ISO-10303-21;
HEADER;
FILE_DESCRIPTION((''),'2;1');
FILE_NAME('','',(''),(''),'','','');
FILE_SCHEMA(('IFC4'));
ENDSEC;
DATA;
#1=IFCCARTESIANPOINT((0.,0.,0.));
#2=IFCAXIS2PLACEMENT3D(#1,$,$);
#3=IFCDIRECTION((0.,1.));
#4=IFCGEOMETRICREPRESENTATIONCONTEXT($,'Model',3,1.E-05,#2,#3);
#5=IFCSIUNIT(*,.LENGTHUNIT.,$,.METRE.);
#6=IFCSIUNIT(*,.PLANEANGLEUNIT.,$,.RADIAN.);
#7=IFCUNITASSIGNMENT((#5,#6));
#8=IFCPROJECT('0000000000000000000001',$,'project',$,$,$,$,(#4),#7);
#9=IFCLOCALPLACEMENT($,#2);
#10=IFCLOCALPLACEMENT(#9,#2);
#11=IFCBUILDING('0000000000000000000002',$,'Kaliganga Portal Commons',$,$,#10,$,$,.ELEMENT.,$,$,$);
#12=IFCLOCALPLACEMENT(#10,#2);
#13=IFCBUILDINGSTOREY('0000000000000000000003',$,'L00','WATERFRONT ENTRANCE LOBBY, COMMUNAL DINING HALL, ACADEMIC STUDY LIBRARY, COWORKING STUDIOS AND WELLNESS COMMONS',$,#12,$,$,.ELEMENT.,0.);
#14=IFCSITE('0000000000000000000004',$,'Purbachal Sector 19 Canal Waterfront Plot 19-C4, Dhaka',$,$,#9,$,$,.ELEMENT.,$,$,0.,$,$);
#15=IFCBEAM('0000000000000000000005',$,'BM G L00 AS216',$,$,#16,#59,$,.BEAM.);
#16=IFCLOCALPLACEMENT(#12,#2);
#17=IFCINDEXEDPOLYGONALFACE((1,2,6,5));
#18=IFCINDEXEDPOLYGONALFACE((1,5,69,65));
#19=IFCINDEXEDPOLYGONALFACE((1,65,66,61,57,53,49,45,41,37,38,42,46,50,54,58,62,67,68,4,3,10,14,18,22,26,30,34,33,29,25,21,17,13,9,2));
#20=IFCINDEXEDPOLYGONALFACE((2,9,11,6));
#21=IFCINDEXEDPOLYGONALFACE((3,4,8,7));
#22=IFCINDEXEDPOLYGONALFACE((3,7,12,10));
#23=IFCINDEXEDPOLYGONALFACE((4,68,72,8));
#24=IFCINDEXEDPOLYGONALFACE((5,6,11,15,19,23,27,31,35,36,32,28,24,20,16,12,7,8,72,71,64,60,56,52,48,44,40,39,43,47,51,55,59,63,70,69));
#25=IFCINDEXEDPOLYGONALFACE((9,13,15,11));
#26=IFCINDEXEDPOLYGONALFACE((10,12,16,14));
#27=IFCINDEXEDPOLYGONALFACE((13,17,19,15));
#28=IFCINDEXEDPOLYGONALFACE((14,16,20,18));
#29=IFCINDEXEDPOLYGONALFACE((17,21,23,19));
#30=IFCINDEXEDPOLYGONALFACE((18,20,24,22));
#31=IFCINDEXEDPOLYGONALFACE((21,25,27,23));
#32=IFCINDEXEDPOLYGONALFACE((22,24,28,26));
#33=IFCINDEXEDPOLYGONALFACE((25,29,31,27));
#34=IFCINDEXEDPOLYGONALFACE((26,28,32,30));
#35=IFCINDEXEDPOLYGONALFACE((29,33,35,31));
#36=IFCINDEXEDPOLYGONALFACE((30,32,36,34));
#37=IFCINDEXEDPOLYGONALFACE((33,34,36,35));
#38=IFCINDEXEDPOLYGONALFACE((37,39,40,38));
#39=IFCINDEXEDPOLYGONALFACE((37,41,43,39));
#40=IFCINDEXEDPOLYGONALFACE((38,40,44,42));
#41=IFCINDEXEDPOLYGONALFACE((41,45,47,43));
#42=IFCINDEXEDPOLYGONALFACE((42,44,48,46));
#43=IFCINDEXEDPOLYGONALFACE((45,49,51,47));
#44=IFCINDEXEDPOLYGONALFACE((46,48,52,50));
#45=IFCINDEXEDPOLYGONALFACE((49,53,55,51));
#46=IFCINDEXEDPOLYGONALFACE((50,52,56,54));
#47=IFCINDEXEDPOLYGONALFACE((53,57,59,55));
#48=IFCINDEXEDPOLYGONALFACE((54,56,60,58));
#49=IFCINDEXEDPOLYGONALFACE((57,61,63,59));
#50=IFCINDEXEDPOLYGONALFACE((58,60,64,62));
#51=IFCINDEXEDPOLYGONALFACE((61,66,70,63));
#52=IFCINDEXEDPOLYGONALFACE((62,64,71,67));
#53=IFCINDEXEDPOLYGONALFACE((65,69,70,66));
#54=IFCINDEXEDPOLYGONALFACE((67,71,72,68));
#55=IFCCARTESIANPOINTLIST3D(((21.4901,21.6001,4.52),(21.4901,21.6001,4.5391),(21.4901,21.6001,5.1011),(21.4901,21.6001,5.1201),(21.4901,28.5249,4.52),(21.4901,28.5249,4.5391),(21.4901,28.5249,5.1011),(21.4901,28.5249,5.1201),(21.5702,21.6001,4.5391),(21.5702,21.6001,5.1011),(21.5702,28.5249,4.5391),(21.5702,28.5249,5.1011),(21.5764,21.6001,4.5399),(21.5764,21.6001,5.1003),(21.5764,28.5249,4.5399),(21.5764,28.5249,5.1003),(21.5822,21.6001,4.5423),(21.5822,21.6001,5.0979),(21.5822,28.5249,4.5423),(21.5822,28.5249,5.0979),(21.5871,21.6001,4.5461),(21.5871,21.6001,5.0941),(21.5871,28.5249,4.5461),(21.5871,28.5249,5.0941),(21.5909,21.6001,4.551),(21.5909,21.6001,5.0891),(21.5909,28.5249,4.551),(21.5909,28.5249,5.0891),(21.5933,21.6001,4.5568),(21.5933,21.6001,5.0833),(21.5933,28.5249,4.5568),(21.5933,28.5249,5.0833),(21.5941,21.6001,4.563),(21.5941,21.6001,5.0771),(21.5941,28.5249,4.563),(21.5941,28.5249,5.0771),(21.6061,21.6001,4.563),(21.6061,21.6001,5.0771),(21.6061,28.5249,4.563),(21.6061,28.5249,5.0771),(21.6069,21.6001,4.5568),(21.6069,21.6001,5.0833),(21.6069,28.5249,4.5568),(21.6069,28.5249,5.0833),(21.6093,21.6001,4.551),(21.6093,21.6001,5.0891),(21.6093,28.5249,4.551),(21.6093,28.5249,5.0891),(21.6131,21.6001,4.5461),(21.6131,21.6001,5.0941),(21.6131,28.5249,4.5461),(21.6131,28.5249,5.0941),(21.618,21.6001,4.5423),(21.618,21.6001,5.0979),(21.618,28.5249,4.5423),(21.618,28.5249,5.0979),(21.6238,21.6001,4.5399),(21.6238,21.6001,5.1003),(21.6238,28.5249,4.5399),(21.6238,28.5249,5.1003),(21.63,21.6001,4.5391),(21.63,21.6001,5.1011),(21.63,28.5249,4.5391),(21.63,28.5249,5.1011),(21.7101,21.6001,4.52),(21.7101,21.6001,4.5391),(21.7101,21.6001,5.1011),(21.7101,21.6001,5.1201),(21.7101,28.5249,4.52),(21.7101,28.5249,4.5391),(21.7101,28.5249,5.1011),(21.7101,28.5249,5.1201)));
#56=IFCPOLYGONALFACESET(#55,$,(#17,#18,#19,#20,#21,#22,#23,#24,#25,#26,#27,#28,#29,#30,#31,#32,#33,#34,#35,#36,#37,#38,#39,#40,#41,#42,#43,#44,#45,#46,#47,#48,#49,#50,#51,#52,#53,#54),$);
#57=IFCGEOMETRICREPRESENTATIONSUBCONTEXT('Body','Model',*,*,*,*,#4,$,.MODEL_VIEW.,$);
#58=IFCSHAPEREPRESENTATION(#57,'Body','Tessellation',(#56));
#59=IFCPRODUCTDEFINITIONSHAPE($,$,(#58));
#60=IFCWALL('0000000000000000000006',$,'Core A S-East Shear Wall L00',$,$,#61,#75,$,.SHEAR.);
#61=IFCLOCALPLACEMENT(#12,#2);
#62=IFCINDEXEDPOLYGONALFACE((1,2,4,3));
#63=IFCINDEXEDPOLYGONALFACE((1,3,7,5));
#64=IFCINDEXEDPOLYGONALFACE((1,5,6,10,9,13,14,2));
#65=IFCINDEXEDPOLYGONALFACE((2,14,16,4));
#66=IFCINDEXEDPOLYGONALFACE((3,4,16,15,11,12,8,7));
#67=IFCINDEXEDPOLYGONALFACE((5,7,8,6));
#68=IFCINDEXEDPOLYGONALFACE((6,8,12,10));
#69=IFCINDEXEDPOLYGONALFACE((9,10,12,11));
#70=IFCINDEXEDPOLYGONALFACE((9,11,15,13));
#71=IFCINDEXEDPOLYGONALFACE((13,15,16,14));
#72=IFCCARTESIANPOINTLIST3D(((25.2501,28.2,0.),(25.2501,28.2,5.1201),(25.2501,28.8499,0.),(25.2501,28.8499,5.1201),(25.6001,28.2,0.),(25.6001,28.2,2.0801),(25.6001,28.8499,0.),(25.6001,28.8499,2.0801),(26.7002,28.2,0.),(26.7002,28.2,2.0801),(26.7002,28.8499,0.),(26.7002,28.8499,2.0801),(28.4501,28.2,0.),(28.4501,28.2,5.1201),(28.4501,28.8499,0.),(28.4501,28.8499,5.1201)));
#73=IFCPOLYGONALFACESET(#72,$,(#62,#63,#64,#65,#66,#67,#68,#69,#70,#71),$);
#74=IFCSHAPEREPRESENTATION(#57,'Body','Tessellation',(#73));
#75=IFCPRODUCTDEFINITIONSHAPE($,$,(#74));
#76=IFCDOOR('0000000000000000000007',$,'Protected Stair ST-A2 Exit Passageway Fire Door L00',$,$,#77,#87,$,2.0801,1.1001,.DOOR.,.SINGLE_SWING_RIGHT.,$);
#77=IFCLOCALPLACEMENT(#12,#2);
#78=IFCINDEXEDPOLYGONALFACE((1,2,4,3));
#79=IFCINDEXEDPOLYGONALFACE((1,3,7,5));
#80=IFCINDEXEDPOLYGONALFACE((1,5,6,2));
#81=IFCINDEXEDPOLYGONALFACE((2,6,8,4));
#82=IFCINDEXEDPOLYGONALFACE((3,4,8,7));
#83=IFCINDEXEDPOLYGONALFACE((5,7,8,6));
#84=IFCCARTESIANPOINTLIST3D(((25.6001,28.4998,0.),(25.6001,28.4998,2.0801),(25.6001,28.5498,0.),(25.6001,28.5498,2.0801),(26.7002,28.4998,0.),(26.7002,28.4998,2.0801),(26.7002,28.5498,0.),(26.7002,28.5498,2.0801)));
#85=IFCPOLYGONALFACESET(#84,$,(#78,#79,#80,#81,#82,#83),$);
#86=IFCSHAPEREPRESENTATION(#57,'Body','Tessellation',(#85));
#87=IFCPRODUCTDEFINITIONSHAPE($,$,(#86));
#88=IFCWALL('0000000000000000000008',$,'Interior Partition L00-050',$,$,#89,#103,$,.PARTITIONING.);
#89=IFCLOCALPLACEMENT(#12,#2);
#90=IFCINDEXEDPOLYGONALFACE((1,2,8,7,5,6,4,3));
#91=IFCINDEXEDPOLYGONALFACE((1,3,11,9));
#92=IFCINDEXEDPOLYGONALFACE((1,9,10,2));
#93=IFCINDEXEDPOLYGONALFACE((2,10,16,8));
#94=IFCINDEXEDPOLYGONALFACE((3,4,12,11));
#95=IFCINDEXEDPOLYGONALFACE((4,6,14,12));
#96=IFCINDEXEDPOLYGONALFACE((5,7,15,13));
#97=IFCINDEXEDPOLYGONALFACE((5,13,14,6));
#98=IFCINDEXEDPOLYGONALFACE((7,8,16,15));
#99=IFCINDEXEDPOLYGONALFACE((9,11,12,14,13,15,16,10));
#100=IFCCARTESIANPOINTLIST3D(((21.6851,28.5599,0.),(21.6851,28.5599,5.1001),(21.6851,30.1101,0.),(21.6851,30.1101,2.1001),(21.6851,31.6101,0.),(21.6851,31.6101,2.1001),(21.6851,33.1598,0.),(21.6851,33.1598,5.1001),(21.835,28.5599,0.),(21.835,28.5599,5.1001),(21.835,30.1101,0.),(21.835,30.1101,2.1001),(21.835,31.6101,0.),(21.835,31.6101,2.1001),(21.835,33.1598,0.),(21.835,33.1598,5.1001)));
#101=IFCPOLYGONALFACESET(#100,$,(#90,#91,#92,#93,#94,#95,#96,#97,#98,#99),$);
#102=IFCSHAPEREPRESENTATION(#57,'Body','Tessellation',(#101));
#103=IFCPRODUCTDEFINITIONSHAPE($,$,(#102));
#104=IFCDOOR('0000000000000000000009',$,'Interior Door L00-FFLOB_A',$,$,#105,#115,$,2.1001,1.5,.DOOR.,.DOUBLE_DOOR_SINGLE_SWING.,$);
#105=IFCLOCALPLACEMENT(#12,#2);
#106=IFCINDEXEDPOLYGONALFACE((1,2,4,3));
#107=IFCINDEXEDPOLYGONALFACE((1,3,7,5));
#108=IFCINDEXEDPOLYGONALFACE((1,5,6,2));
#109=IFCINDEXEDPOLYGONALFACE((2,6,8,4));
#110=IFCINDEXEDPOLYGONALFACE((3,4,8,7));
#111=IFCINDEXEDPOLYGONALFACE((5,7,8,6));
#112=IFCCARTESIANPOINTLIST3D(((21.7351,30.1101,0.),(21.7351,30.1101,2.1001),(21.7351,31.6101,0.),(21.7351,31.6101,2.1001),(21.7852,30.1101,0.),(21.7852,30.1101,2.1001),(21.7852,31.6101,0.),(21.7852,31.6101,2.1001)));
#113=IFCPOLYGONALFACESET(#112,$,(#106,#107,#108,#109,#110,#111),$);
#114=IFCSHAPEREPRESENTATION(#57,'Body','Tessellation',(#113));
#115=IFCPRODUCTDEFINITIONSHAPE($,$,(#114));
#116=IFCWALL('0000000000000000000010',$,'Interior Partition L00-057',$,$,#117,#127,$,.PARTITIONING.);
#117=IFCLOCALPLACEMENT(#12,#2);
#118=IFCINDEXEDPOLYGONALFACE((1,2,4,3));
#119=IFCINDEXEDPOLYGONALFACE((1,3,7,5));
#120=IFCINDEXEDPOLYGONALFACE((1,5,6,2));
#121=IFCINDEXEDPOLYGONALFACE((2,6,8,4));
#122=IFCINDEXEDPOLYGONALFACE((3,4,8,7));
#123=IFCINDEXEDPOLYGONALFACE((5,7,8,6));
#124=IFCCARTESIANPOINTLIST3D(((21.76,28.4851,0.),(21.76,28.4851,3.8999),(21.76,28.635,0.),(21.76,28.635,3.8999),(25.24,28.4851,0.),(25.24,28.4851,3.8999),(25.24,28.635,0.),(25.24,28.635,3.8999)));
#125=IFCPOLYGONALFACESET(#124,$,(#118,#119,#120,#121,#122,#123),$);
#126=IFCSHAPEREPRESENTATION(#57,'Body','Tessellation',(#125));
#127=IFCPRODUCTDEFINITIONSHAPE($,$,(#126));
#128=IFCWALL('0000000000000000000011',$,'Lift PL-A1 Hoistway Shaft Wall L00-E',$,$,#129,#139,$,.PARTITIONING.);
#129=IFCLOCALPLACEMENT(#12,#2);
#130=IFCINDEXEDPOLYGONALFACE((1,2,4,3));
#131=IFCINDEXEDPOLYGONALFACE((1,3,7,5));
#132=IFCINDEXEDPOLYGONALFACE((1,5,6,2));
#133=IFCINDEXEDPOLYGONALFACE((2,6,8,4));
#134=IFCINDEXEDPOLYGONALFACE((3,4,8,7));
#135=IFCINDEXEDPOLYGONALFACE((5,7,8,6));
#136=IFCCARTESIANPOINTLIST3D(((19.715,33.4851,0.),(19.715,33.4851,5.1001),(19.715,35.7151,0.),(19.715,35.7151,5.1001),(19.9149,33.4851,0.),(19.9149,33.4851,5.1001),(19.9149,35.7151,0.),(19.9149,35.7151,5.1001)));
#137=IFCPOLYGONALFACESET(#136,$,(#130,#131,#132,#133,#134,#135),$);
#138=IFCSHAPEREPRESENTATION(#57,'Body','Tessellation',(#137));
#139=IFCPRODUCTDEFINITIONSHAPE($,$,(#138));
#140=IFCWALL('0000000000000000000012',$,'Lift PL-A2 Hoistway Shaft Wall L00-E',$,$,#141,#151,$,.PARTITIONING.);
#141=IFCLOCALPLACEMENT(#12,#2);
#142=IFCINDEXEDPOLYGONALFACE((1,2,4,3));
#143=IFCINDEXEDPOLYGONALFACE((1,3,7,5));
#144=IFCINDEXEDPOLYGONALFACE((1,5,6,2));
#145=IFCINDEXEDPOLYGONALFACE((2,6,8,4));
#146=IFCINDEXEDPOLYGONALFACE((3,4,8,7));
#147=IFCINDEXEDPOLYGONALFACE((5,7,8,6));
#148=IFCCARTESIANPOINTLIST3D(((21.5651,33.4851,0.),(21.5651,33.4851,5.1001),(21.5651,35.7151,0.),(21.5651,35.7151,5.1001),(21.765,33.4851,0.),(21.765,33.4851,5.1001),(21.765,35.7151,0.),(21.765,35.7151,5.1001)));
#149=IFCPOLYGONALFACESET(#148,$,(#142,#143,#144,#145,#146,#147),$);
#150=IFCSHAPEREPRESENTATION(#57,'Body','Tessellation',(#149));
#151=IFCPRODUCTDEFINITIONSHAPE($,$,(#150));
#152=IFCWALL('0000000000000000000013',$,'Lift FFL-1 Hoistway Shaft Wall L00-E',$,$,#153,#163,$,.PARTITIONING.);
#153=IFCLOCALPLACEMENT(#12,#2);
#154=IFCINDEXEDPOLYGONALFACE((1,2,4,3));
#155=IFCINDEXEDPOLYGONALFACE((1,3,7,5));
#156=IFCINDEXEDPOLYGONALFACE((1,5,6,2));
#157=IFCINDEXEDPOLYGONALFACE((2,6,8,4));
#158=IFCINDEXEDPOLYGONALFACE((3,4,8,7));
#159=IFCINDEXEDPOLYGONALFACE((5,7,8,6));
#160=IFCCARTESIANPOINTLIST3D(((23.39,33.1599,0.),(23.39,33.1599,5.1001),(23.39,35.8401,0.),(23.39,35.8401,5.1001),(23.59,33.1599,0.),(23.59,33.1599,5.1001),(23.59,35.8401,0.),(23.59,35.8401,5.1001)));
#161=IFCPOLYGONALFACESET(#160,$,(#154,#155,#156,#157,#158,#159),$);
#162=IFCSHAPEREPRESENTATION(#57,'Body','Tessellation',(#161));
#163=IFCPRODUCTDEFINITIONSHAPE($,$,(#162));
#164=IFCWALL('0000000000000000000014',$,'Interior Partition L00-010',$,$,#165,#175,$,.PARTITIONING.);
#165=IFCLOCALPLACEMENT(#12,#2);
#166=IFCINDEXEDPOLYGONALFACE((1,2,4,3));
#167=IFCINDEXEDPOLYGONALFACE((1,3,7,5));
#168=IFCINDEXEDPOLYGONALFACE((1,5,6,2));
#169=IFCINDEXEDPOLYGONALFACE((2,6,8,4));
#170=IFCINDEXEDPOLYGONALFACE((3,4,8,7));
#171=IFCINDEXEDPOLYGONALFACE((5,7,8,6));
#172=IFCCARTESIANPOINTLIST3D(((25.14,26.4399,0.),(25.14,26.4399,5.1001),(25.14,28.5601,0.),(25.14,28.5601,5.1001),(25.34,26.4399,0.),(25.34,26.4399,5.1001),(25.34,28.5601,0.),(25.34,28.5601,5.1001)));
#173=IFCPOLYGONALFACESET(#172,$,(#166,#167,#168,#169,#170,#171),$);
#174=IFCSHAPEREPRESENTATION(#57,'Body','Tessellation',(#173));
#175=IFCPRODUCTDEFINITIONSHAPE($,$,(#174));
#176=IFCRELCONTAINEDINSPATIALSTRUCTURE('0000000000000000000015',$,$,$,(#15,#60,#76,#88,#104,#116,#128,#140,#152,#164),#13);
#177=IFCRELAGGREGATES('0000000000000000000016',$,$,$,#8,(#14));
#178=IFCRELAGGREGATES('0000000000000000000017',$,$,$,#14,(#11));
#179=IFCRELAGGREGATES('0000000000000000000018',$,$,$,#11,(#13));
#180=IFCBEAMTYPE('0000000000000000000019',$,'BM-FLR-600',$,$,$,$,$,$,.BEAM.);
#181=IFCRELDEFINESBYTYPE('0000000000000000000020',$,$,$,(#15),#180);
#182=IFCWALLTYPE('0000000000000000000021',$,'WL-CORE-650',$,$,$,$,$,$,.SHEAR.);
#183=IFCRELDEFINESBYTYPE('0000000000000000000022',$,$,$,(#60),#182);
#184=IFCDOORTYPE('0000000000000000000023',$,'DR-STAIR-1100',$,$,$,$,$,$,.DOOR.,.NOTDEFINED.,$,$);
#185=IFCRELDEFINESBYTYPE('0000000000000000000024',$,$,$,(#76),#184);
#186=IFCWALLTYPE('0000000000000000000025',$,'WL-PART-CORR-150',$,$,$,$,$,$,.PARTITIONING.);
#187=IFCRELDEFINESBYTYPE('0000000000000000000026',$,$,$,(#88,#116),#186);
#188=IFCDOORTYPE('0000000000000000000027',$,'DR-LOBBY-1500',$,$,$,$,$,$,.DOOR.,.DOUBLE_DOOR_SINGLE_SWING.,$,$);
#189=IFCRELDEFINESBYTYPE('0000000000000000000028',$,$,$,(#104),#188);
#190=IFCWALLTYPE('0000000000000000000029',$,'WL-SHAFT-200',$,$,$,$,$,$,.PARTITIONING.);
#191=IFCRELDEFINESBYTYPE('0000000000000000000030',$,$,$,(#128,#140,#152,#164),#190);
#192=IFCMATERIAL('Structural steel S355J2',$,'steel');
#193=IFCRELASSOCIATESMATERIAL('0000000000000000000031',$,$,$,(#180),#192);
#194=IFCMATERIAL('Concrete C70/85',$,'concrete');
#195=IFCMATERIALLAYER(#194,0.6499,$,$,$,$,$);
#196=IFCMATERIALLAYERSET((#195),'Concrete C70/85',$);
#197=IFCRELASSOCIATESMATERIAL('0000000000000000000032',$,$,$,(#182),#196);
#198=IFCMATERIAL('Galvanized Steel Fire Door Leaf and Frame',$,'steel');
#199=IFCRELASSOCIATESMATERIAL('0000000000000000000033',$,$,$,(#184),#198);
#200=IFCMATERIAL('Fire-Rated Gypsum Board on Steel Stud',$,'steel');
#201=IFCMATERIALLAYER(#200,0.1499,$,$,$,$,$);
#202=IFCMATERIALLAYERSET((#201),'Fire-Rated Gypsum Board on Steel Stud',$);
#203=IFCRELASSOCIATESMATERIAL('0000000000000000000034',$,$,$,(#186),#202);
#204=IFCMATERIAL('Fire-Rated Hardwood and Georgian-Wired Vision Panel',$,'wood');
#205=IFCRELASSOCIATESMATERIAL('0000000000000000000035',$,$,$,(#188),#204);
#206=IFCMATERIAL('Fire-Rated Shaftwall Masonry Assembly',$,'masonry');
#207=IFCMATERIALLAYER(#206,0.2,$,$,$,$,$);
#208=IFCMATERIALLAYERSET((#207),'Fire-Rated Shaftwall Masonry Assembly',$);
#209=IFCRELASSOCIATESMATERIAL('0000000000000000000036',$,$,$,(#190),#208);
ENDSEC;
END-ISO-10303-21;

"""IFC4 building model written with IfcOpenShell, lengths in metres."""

from ifc_helpers import new_model, si_unit, direction, frame, frame_2d, origin, origin_2d, place, context, subcontext, project, spatial, rectangle, i_section, extrude, source, transform, mapped, material, layer, layer_set, material_profile, profile_set, type_object, element, fill, save


model = new_model("IFC4")

# Units and contexts
model_context = context("Model", 3, precision=1e-05, world=origin(), true_north=direction((0.0, 1.0)))
body_context = subcontext(model_context, "Body", "Model", "MODEL_VIEW")
ifc_project = project(units=[si_unit("LENGTHUNIT", "METRE"), si_unit("PLANEANGLEUNIT", "RADIAN")], contexts=[model_context])

# Site, building, storey
site_placement = place(None, origin())
site = spatial("IfcSite", under=ifc_project, at=site_placement, Name="Purbachal Sector 19 Canal Waterfront Plot 19-C4, Dhaka", CompositionType="ELEMENT", RefElevation=0.0)
building_placement = place(site_placement, origin())
building = spatial("IfcBuilding", under=site, at=building_placement, Name="Kaliganga Portal Commons", CompositionType="ELEMENT")
storey_placement = place(building_placement, origin())
storey = spatial("IfcBuildingStorey", under=building, at=storey_placement, Name="L00", Description="WATERFRONT ENTRANCE LOBBY, COMMUNAL DINING HALL, ACADEMIC STUDY LIBRARY, COWORKING STUDIOS AND WELLNESS COMMONS", CompositionType="ELEMENT", Elevation=0.0)

# Beam
ifc_material_1 = material(Name="Structural steel S355J2", Category="steel")
ifc_material_profile = material_profile(ifc_material_1, i_section(OverallWidth=0.22, OverallDepth=0.6001, WebThickness=0.012, FlangeThickness=0.019, FilletRadius=0.0239, at=origin_2d()), Name="IPE 600")
ifc_profile_set = profile_set([ifc_material_profile], Name="Structural steel S355J2 wide-flange")
beam_type = type_object("IfcBeamType", Name="BM-FLR-600", PredefinedType="BEAM", material=ifc_profile_set)
shared_shape = source(origin(), body_context, "Body", "SweptSolid", [
    extrude(i_section(OverallWidth=0.22, OverallDepth=0.6001, WebThickness=0.012, FlangeThickness=0.019, FilletRadius=0.0239, at=origin_2d()), origin(), (0.0, 0.0, 1.0), 6.9248),
])
beam_placement = place(storey_placement, frame((21.6001, 21.6001, 4.8201), z_axis=(0.0, 1.0, 0.0), x_axis=(-1.0, 0.0, 0.0)))
element("IfcBeam", 1, at=beam_placement, inside=storey, type_object=beam_type, Name="BM G L00 AS216", PredefinedType="BEAM", context=body_context, shape_type="MappedRepresentation", body=[
    mapped(shared_shape, transform((0.0, 0.0, 0.0), x_axis=(1.0, 0.0, 0.0), y_axis=(0.0, 1.0, 0.0), z_axis=(0.0, 0.0, 1.0), scale=1.0)),
])

# Walls, openings, doors
ifc_material_2 = material(Name="Concrete C70/85", Category="concrete")
ifc_layer_1 = layer(ifc_material_2, 0.6499)
ifc_layer_set_1 = layer_set([ifc_layer_1], Name="Concrete C70/85")
wall_type_1 = type_object("IfcWallType", Name="WL-CORE-650", PredefinedType="SHEAR", material=ifc_layer_set_1)
wall_1_placement = place(storey_placement, frame((25.25, 28.5249, 0.0), z_axis=(0.0, 0.0, 1.0), x_axis=(1.0, 0.0, 0.0)))
wall_1 = element("IfcWall", 2, at=wall_1_placement, inside=storey, type_object=wall_type_1, Name="Core A S-East Shear Wall L00", PredefinedType="SHEAR", context=body_context, shape_type="SweptSolid", body=[
    extrude(rectangle(XDim=3.2, YDim=0.6499, at=frame_2d((1.6001, 0.0))), origin(), (0.0, 0.0, 1.0), 5.1201),
])
opening_1_placement = place(wall_1_placement, frame((0.3501, 0.0, 0.0)))
opening_1 = element("IfcOpeningElement", 3, at=opening_1_placement, cuts=wall_1, PredefinedType="OPENING", context=body_context, shape_type="SweptSolid", body=[
    extrude(rectangle(XDim=1.1001, YDim=2.0801, at=frame_2d((0.55, 1.04))), frame((0.0, 0.335, 0.0), z_axis=(0.0, -1.0, 0.0), x_axis=(1.0, 0.0, 0.0)), (0.0, 0.0, 1.0), 0.6699),
])
ifc_material_3 = material(Name="Galvanized Steel Fire Door Leaf and Frame", Category="steel")
door_type_1 = type_object("IfcDoorType", Name="DR-STAIR-1100", OperationType="NOTDEFINED", PredefinedType="DOOR", material=ifc_material_3)
door_1_placement = place(opening_1_placement, origin())
door_1 = element("IfcDoor", 4, at=door_1_placement, inside=storey, type_object=door_type_1, Name="Protected Stair ST-A2 Exit Passageway Fire Door L00", OperationType="SINGLE_SWING_RIGHT", OverallHeight=2.0801, OverallWidth=1.1001, PredefinedType="DOOR", context=body_context, shape_type="SweptSolid", body=[
    extrude(rectangle(XDim=1.1001, YDim=2.0801, at=frame_2d((0.55, 1.04))), frame((0.0, 0.0249, 0.0), z_axis=(0.0, -1.0, 0.0), x_axis=(1.0, 0.0, 0.0)), (0.0, 0.0, 1.0), 0.05),
])
fill(opening_1, door_1)
ifc_material_4 = material(Name="Fire-Rated Gypsum Board on Steel Stud", Category="steel")
ifc_layer_2 = layer(ifc_material_4, 0.1499)
ifc_layer_set_2 = layer_set([ifc_layer_2], Name="Fire-Rated Gypsum Board on Steel Stud")
wall_type_2 = type_object("IfcWallType", Name="WL-PART-CORR-150", PredefinedType="PARTITIONING", material=ifc_layer_set_2)
wall_2_placement = place(storey_placement, frame((21.76, 28.5601, 0.0), z_axis=(0.0, 0.0, 1.0), x_axis=(0.0, 1.0, 0.0)))
wall_2 = element("IfcWall", 5, at=wall_2_placement, inside=storey, type_object=wall_type_2, Name="Interior Partition L00-050", PredefinedType="PARTITIONING", context=body_context, shape_type="SweptSolid", body=[
    extrude(rectangle(XDim=4.5999, YDim=0.1499, at=frame_2d((2.2998, 0.0))), origin(), (0.0, 0.0, 1.0), 5.1001),
])
opening_2_placement = place(wall_2_placement, frame((1.55, 0.0, 0.0)))
opening_2 = element("IfcOpeningElement", 6, at=opening_2_placement, cuts=wall_2, PredefinedType="OPENING", context=body_context, shape_type="SweptSolid", body=[
    extrude(rectangle(XDim=1.5, YDim=2.1001, at=frame_2d((0.75, 1.05))), frame((0.0, 0.085, 0.0), z_axis=(0.0, -1.0, 0.0), x_axis=(1.0, 0.0, 0.0)), (0.0, 0.0, 1.0), 0.1699),
])
ifc_material_5 = material(Name="Fire-Rated Hardwood and Georgian-Wired Vision Panel", Category="wood")
door_type_2 = type_object("IfcDoorType", Name="DR-LOBBY-1500", OperationType="DOUBLE_DOOR_SINGLE_SWING", PredefinedType="DOOR", material=ifc_material_5)
door_2_placement = place(opening_2_placement, origin())
door_2 = element("IfcDoor", 7, at=door_2_placement, inside=storey, type_object=door_type_2, Name="Interior Door L00-FFLOB_A", OperationType="DOUBLE_DOOR_SINGLE_SWING", OverallHeight=2.1001, OverallWidth=1.5, PredefinedType="DOOR", context=body_context, shape_type="SweptSolid", body=[
    extrude(rectangle(XDim=1.5, YDim=2.1001, at=frame_2d((0.75, 1.05))), frame((0.0, 0.0249, 0.0), z_axis=(0.0, -1.0, 0.0), x_axis=(1.0, 0.0, 0.0)), (0.0, 0.0, 1.0), 0.05),
])
fill(opening_2, door_2)

# Wall
wall_3_placement = place(storey_placement, frame((21.76, 28.5601, 0.0), z_axis=(0.0, 0.0, 1.0), x_axis=(1.0, 0.0, 0.0)))
element("IfcWall", 8, at=wall_3_placement, inside=storey, type_object=wall_type_2, Name="Interior Partition L00-057", PredefinedType="PARTITIONING", context=body_context, shape_type="SweptSolid", body=[
    extrude(rectangle(XDim=3.48, YDim=0.1499, at=frame_2d((1.74, 0.0))), origin(), (0.0, 0.0, 1.0), 3.8999),
])

# Shared definitions
ifc_material_6 = material(Name="Fire-Rated Shaftwall Masonry Assembly", Category="masonry")
ifc_layer_3 = layer(ifc_material_6, 0.2)
ifc_layer_set_3 = layer_set([ifc_layer_3], Name="Fire-Rated Shaftwall Masonry Assembly")
wall_type_3 = type_object("IfcWallType", Name="WL-SHAFT-200", PredefinedType="PARTITIONING", material=ifc_layer_set_3)

# Wall
wall_4_placement = place(storey_placement, frame((19.8149, 33.4851, 0.0), z_axis=(0.0, 0.0, 1.0), x_axis=(0.0, 1.0, 0.0)))
element("IfcWall", 9, at=wall_4_placement, inside=storey, type_object=wall_type_3, Name="Lift PL-A1 Hoistway Shaft Wall L00-E", PredefinedType="PARTITIONING", context=body_context, shape_type="SweptSolid", body=[
    extrude(rectangle(XDim=2.23, YDim=0.2, at=frame_2d((1.115, 0.0))), origin(), (0.0, 0.0, 1.0), 5.1001),
])

# Wall
wall_5_placement = place(storey_placement, frame((21.665, 33.4851, 0.0), z_axis=(0.0, 0.0, 1.0), x_axis=(0.0, 1.0, 0.0)))
element("IfcWall", 10, at=wall_5_placement, inside=storey, type_object=wall_type_3, Name="Lift PL-A2 Hoistway Shaft Wall L00-E", PredefinedType="PARTITIONING", context=body_context, shape_type="SweptSolid", body=[
    extrude(rectangle(XDim=2.23, YDim=0.2, at=frame_2d((1.115, 0.0))), origin(), (0.0, 0.0, 1.0), 5.1001),
])

# Wall
wall_6_placement = place(storey_placement, frame((23.49, 33.1599, 0.0), z_axis=(0.0, 0.0, 1.0), x_axis=(0.0, 1.0, 0.0)))
element("IfcWall", 11, at=wall_6_placement, inside=storey, type_object=wall_type_3, Name="Lift FFL-1 Hoistway Shaft Wall L00-E", PredefinedType="PARTITIONING", context=body_context, shape_type="SweptSolid", body=[
    extrude(rectangle(XDim=2.6802, YDim=0.2, at=frame_2d((1.3401, 0.0))), origin(), (0.0, 0.0, 1.0), 5.1001),
])

# Wall
wall_7_placement = place(storey_placement, frame((25.24, 26.4399, 0.0), z_axis=(0.0, 0.0, 1.0), x_axis=(0.0, 1.0, 0.0)))
element("IfcWall", 12, at=wall_7_placement, inside=storey, type_object=wall_type_3, Name="Interior Partition L00-010", PredefinedType="PARTITIONING", context=body_context, shape_type="SweptSolid", body=[
    extrude(rectangle(XDim=2.1201, YDim=0.2, at=frame_2d((1.0601, 0.0))), origin(), (0.0, 0.0, 1.0), 5.1001),
])

save(model, "model.ifc")
